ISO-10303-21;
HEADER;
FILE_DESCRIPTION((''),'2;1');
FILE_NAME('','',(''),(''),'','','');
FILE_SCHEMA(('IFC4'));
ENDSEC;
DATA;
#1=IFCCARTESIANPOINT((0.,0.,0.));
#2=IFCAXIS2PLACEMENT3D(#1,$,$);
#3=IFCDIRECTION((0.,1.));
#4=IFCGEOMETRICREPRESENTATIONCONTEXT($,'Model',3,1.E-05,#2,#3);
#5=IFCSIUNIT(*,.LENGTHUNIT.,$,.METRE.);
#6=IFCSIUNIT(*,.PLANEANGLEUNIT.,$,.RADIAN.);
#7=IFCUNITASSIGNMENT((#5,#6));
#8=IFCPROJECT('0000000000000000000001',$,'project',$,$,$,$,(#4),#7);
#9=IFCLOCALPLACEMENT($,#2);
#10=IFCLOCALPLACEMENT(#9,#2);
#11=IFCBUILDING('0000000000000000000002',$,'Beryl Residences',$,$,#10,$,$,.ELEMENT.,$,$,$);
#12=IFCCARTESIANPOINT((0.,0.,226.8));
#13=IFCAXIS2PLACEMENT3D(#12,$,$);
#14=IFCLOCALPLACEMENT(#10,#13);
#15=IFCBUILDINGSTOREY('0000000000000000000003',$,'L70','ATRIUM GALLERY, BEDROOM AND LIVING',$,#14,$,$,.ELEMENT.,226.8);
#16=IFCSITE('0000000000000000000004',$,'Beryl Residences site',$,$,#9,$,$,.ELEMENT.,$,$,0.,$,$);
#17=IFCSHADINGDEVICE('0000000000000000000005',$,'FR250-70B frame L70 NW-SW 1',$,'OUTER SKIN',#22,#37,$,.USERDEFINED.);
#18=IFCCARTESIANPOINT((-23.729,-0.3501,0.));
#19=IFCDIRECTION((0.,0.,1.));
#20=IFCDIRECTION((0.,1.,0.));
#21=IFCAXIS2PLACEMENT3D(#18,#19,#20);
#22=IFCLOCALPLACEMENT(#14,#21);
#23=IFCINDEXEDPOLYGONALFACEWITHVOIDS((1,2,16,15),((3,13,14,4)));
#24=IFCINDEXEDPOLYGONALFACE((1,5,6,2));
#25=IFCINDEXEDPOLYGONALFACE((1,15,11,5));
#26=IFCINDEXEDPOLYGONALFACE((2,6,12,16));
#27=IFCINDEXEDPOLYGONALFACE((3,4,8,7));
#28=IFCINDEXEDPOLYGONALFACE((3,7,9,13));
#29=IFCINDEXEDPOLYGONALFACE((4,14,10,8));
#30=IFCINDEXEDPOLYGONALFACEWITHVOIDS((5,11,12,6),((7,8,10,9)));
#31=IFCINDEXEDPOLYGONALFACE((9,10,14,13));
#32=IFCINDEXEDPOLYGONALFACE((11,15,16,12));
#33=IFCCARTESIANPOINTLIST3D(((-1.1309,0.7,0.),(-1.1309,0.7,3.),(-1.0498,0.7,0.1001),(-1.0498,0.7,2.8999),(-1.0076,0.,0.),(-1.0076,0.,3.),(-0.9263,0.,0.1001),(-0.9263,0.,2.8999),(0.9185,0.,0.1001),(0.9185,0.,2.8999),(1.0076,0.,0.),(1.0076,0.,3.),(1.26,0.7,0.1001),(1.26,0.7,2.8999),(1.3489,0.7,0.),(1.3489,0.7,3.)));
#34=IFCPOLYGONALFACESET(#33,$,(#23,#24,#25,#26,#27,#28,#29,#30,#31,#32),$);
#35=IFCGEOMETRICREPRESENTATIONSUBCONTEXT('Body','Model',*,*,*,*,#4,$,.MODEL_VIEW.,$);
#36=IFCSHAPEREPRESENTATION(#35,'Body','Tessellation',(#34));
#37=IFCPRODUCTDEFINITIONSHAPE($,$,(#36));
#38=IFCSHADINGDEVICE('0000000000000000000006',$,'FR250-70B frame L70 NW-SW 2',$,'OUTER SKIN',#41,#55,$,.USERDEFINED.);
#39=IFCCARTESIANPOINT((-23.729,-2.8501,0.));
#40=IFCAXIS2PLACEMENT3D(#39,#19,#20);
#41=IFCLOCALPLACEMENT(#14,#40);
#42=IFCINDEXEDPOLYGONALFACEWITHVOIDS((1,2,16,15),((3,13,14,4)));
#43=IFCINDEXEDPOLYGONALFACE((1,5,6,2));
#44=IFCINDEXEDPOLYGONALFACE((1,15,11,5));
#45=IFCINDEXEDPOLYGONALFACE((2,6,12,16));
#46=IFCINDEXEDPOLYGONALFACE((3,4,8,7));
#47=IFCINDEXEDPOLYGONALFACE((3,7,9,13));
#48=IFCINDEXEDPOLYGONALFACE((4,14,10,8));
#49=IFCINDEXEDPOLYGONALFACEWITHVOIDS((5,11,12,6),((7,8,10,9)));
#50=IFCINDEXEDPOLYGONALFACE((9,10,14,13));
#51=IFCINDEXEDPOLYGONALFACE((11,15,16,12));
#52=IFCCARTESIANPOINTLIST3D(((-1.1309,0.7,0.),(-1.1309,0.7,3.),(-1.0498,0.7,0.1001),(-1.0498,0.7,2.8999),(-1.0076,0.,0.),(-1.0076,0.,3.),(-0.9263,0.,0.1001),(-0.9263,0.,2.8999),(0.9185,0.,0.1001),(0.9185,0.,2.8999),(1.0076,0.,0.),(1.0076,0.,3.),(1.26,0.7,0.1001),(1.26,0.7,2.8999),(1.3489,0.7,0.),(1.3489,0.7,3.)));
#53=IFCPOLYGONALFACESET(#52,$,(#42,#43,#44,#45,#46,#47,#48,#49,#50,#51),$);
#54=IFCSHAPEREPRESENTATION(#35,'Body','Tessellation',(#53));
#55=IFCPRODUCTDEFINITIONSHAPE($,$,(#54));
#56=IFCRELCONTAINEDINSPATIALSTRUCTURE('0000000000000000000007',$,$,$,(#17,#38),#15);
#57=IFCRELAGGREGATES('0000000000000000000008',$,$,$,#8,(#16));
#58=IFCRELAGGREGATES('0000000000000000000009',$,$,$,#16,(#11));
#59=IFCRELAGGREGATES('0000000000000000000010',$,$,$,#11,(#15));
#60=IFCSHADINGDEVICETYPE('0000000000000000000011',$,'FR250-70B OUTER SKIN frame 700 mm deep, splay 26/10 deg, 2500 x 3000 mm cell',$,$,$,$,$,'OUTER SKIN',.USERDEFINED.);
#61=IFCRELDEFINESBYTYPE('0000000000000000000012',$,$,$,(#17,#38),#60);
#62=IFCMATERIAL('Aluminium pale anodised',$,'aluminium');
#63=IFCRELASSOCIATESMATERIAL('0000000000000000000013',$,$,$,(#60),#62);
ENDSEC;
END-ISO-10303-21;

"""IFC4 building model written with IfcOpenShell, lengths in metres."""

from ifc_helpers import new_model, entity, si_unit, direction, frame, origin, place, context, subcontext, project, spatial, source, transform, mapped, material, type_object, type_shapes, element, save


model = new_model("IFC4")

# Units and contexts
model_context = context("Model", 3, precision=1e-05, world=origin(), true_north=direction((0.0, 1.0)))
body_context = subcontext(model_context, "Body", "Model", "MODEL_VIEW")
ifc_project = project(units=[si_unit("LENGTHUNIT", "METRE"), si_unit("PLANEANGLEUNIT", "RADIAN")], contexts=[model_context])

# Site, building, storey
site_placement = place(None, origin())
site = spatial("IfcSite", under=ifc_project, at=site_placement, Name="Beryl Residences site", CompositionType="ELEMENT", RefElevation=0.0)
building_placement = place(site_placement, origin())
building = spatial("IfcBuilding", under=site, at=building_placement, Name="Beryl Residences", CompositionType="ELEMENT")
storey_placement = place(building_placement, frame((0.0, 0.0, 226.8)))
storey = spatial("IfcBuildingStorey", under=building, at=storey_placement, Name="L70", Description="ATRIUM GALLERY, BEDROOM AND LIVING", CompositionType="ELEMENT", Elevation=226.8)

# Shading devices
ifc_material_1 = material(Name="Aluminium pale anodised", Category="aluminium")
shading_device_type = type_object("IfcShadingDeviceType", Name="FR250-70B OUTER SKIN frame 700 mm deep, splay 26/10 deg, 2500 x 3000 mm cell", ElementType="OUTER SKIN", PredefinedType="USERDEFINED", material=ifc_material_1)
cartesian_point_1 = entity("IfcCartesianPoint", [-1.0076, 0.0])
cartesian_point_2 = entity("IfcCartesianPoint", [-0.9185, 0.1001])
cartesian_point_3 = entity("IfcCartesianPoint", [-1.3489, 0.0])
cartesian_point_4 = entity("IfcCartesianPoint", [-1.26, 0.1001])
shared_shape_1 = source(origin(), body_context, "Body", "SweptSolid", [
    entity("IfcExtrudedAreaSolidTapered", entity("IfcArbitraryProfileDefWithVoids", "AREA", None, entity("IfcPolyline", [cartesian_point_1, entity("IfcCartesianPoint", [1.0076, 0.0]), entity("IfcCartesianPoint", [1.0076, 3.0]), entity("IfcCartesianPoint", [-1.0076, 3.0]), cartesian_point_1]), [entity("IfcPolyline", [cartesian_point_2, entity("IfcCartesianPoint", [0.9263, 0.1001]), entity("IfcCartesianPoint", [0.9263, 2.8999]), entity("IfcCartesianPoint", [-0.9185, 2.8999]), cartesian_point_2])]), entity("IfcAxis2Placement3D", entity("IfcCartesianPoint", [0.0, 0.0, 0.0]), entity("IfcDirection", [0.0, 1.0, 0.0]), entity("IfcDirection", [-1.0, 0.0, 0.0])), entity("IfcDirection", [0.0, 0.0, 1.0]), 0.7, entity("IfcArbitraryProfileDefWithVoids", "AREA", None, entity("IfcPolyline", [cartesian_point_3, entity("IfcCartesianPoint", [1.1309, 0.0]), entity("IfcCartesianPoint", [1.1309, 3.0]), entity("IfcCartesianPoint", [-1.3489, 3.0]), cartesian_point_3]), [entity("IfcPolyline", [cartesian_point_4, entity("IfcCartesianPoint", [1.0498, 0.1001]), entity("IfcCartesianPoint", [1.0498, 2.8999]), entity("IfcCartesianPoint", [-1.26, 2.8999]), cartesian_point_4])])),
])
type_shapes(shading_device_type, [shared_shape_1])
for number, where, z_axis, x_axis, name in (
    (1, (-23.729, -0.3501, 0.0), (0.0, 0.0, 1.0), (0.0, 1.0, 0.0), "FR250-70B frame L70 NW-SW 1"),
    (2, (-23.729, -2.8501, 0.0), (0.0, 0.0, 1.0), (0.0, 1.0, 0.0), "FR250-70B frame L70 NW-SW 2"),
):
    element("IfcShadingDevice", number, at=place(storey_placement, frame(where, z_axis=z_axis, x_axis=x_axis)), inside=storey, type_object=shading_device_type, Name=name, ObjectType="OUTER SKIN", PredefinedType="USERDEFINED", context=body_context, shape_type="MappedRepresentation", body=[
        mapped(shared_shape_1, transform((0.0, 0.0, 0.0))),
    ])

save(model, "model.ifc")
